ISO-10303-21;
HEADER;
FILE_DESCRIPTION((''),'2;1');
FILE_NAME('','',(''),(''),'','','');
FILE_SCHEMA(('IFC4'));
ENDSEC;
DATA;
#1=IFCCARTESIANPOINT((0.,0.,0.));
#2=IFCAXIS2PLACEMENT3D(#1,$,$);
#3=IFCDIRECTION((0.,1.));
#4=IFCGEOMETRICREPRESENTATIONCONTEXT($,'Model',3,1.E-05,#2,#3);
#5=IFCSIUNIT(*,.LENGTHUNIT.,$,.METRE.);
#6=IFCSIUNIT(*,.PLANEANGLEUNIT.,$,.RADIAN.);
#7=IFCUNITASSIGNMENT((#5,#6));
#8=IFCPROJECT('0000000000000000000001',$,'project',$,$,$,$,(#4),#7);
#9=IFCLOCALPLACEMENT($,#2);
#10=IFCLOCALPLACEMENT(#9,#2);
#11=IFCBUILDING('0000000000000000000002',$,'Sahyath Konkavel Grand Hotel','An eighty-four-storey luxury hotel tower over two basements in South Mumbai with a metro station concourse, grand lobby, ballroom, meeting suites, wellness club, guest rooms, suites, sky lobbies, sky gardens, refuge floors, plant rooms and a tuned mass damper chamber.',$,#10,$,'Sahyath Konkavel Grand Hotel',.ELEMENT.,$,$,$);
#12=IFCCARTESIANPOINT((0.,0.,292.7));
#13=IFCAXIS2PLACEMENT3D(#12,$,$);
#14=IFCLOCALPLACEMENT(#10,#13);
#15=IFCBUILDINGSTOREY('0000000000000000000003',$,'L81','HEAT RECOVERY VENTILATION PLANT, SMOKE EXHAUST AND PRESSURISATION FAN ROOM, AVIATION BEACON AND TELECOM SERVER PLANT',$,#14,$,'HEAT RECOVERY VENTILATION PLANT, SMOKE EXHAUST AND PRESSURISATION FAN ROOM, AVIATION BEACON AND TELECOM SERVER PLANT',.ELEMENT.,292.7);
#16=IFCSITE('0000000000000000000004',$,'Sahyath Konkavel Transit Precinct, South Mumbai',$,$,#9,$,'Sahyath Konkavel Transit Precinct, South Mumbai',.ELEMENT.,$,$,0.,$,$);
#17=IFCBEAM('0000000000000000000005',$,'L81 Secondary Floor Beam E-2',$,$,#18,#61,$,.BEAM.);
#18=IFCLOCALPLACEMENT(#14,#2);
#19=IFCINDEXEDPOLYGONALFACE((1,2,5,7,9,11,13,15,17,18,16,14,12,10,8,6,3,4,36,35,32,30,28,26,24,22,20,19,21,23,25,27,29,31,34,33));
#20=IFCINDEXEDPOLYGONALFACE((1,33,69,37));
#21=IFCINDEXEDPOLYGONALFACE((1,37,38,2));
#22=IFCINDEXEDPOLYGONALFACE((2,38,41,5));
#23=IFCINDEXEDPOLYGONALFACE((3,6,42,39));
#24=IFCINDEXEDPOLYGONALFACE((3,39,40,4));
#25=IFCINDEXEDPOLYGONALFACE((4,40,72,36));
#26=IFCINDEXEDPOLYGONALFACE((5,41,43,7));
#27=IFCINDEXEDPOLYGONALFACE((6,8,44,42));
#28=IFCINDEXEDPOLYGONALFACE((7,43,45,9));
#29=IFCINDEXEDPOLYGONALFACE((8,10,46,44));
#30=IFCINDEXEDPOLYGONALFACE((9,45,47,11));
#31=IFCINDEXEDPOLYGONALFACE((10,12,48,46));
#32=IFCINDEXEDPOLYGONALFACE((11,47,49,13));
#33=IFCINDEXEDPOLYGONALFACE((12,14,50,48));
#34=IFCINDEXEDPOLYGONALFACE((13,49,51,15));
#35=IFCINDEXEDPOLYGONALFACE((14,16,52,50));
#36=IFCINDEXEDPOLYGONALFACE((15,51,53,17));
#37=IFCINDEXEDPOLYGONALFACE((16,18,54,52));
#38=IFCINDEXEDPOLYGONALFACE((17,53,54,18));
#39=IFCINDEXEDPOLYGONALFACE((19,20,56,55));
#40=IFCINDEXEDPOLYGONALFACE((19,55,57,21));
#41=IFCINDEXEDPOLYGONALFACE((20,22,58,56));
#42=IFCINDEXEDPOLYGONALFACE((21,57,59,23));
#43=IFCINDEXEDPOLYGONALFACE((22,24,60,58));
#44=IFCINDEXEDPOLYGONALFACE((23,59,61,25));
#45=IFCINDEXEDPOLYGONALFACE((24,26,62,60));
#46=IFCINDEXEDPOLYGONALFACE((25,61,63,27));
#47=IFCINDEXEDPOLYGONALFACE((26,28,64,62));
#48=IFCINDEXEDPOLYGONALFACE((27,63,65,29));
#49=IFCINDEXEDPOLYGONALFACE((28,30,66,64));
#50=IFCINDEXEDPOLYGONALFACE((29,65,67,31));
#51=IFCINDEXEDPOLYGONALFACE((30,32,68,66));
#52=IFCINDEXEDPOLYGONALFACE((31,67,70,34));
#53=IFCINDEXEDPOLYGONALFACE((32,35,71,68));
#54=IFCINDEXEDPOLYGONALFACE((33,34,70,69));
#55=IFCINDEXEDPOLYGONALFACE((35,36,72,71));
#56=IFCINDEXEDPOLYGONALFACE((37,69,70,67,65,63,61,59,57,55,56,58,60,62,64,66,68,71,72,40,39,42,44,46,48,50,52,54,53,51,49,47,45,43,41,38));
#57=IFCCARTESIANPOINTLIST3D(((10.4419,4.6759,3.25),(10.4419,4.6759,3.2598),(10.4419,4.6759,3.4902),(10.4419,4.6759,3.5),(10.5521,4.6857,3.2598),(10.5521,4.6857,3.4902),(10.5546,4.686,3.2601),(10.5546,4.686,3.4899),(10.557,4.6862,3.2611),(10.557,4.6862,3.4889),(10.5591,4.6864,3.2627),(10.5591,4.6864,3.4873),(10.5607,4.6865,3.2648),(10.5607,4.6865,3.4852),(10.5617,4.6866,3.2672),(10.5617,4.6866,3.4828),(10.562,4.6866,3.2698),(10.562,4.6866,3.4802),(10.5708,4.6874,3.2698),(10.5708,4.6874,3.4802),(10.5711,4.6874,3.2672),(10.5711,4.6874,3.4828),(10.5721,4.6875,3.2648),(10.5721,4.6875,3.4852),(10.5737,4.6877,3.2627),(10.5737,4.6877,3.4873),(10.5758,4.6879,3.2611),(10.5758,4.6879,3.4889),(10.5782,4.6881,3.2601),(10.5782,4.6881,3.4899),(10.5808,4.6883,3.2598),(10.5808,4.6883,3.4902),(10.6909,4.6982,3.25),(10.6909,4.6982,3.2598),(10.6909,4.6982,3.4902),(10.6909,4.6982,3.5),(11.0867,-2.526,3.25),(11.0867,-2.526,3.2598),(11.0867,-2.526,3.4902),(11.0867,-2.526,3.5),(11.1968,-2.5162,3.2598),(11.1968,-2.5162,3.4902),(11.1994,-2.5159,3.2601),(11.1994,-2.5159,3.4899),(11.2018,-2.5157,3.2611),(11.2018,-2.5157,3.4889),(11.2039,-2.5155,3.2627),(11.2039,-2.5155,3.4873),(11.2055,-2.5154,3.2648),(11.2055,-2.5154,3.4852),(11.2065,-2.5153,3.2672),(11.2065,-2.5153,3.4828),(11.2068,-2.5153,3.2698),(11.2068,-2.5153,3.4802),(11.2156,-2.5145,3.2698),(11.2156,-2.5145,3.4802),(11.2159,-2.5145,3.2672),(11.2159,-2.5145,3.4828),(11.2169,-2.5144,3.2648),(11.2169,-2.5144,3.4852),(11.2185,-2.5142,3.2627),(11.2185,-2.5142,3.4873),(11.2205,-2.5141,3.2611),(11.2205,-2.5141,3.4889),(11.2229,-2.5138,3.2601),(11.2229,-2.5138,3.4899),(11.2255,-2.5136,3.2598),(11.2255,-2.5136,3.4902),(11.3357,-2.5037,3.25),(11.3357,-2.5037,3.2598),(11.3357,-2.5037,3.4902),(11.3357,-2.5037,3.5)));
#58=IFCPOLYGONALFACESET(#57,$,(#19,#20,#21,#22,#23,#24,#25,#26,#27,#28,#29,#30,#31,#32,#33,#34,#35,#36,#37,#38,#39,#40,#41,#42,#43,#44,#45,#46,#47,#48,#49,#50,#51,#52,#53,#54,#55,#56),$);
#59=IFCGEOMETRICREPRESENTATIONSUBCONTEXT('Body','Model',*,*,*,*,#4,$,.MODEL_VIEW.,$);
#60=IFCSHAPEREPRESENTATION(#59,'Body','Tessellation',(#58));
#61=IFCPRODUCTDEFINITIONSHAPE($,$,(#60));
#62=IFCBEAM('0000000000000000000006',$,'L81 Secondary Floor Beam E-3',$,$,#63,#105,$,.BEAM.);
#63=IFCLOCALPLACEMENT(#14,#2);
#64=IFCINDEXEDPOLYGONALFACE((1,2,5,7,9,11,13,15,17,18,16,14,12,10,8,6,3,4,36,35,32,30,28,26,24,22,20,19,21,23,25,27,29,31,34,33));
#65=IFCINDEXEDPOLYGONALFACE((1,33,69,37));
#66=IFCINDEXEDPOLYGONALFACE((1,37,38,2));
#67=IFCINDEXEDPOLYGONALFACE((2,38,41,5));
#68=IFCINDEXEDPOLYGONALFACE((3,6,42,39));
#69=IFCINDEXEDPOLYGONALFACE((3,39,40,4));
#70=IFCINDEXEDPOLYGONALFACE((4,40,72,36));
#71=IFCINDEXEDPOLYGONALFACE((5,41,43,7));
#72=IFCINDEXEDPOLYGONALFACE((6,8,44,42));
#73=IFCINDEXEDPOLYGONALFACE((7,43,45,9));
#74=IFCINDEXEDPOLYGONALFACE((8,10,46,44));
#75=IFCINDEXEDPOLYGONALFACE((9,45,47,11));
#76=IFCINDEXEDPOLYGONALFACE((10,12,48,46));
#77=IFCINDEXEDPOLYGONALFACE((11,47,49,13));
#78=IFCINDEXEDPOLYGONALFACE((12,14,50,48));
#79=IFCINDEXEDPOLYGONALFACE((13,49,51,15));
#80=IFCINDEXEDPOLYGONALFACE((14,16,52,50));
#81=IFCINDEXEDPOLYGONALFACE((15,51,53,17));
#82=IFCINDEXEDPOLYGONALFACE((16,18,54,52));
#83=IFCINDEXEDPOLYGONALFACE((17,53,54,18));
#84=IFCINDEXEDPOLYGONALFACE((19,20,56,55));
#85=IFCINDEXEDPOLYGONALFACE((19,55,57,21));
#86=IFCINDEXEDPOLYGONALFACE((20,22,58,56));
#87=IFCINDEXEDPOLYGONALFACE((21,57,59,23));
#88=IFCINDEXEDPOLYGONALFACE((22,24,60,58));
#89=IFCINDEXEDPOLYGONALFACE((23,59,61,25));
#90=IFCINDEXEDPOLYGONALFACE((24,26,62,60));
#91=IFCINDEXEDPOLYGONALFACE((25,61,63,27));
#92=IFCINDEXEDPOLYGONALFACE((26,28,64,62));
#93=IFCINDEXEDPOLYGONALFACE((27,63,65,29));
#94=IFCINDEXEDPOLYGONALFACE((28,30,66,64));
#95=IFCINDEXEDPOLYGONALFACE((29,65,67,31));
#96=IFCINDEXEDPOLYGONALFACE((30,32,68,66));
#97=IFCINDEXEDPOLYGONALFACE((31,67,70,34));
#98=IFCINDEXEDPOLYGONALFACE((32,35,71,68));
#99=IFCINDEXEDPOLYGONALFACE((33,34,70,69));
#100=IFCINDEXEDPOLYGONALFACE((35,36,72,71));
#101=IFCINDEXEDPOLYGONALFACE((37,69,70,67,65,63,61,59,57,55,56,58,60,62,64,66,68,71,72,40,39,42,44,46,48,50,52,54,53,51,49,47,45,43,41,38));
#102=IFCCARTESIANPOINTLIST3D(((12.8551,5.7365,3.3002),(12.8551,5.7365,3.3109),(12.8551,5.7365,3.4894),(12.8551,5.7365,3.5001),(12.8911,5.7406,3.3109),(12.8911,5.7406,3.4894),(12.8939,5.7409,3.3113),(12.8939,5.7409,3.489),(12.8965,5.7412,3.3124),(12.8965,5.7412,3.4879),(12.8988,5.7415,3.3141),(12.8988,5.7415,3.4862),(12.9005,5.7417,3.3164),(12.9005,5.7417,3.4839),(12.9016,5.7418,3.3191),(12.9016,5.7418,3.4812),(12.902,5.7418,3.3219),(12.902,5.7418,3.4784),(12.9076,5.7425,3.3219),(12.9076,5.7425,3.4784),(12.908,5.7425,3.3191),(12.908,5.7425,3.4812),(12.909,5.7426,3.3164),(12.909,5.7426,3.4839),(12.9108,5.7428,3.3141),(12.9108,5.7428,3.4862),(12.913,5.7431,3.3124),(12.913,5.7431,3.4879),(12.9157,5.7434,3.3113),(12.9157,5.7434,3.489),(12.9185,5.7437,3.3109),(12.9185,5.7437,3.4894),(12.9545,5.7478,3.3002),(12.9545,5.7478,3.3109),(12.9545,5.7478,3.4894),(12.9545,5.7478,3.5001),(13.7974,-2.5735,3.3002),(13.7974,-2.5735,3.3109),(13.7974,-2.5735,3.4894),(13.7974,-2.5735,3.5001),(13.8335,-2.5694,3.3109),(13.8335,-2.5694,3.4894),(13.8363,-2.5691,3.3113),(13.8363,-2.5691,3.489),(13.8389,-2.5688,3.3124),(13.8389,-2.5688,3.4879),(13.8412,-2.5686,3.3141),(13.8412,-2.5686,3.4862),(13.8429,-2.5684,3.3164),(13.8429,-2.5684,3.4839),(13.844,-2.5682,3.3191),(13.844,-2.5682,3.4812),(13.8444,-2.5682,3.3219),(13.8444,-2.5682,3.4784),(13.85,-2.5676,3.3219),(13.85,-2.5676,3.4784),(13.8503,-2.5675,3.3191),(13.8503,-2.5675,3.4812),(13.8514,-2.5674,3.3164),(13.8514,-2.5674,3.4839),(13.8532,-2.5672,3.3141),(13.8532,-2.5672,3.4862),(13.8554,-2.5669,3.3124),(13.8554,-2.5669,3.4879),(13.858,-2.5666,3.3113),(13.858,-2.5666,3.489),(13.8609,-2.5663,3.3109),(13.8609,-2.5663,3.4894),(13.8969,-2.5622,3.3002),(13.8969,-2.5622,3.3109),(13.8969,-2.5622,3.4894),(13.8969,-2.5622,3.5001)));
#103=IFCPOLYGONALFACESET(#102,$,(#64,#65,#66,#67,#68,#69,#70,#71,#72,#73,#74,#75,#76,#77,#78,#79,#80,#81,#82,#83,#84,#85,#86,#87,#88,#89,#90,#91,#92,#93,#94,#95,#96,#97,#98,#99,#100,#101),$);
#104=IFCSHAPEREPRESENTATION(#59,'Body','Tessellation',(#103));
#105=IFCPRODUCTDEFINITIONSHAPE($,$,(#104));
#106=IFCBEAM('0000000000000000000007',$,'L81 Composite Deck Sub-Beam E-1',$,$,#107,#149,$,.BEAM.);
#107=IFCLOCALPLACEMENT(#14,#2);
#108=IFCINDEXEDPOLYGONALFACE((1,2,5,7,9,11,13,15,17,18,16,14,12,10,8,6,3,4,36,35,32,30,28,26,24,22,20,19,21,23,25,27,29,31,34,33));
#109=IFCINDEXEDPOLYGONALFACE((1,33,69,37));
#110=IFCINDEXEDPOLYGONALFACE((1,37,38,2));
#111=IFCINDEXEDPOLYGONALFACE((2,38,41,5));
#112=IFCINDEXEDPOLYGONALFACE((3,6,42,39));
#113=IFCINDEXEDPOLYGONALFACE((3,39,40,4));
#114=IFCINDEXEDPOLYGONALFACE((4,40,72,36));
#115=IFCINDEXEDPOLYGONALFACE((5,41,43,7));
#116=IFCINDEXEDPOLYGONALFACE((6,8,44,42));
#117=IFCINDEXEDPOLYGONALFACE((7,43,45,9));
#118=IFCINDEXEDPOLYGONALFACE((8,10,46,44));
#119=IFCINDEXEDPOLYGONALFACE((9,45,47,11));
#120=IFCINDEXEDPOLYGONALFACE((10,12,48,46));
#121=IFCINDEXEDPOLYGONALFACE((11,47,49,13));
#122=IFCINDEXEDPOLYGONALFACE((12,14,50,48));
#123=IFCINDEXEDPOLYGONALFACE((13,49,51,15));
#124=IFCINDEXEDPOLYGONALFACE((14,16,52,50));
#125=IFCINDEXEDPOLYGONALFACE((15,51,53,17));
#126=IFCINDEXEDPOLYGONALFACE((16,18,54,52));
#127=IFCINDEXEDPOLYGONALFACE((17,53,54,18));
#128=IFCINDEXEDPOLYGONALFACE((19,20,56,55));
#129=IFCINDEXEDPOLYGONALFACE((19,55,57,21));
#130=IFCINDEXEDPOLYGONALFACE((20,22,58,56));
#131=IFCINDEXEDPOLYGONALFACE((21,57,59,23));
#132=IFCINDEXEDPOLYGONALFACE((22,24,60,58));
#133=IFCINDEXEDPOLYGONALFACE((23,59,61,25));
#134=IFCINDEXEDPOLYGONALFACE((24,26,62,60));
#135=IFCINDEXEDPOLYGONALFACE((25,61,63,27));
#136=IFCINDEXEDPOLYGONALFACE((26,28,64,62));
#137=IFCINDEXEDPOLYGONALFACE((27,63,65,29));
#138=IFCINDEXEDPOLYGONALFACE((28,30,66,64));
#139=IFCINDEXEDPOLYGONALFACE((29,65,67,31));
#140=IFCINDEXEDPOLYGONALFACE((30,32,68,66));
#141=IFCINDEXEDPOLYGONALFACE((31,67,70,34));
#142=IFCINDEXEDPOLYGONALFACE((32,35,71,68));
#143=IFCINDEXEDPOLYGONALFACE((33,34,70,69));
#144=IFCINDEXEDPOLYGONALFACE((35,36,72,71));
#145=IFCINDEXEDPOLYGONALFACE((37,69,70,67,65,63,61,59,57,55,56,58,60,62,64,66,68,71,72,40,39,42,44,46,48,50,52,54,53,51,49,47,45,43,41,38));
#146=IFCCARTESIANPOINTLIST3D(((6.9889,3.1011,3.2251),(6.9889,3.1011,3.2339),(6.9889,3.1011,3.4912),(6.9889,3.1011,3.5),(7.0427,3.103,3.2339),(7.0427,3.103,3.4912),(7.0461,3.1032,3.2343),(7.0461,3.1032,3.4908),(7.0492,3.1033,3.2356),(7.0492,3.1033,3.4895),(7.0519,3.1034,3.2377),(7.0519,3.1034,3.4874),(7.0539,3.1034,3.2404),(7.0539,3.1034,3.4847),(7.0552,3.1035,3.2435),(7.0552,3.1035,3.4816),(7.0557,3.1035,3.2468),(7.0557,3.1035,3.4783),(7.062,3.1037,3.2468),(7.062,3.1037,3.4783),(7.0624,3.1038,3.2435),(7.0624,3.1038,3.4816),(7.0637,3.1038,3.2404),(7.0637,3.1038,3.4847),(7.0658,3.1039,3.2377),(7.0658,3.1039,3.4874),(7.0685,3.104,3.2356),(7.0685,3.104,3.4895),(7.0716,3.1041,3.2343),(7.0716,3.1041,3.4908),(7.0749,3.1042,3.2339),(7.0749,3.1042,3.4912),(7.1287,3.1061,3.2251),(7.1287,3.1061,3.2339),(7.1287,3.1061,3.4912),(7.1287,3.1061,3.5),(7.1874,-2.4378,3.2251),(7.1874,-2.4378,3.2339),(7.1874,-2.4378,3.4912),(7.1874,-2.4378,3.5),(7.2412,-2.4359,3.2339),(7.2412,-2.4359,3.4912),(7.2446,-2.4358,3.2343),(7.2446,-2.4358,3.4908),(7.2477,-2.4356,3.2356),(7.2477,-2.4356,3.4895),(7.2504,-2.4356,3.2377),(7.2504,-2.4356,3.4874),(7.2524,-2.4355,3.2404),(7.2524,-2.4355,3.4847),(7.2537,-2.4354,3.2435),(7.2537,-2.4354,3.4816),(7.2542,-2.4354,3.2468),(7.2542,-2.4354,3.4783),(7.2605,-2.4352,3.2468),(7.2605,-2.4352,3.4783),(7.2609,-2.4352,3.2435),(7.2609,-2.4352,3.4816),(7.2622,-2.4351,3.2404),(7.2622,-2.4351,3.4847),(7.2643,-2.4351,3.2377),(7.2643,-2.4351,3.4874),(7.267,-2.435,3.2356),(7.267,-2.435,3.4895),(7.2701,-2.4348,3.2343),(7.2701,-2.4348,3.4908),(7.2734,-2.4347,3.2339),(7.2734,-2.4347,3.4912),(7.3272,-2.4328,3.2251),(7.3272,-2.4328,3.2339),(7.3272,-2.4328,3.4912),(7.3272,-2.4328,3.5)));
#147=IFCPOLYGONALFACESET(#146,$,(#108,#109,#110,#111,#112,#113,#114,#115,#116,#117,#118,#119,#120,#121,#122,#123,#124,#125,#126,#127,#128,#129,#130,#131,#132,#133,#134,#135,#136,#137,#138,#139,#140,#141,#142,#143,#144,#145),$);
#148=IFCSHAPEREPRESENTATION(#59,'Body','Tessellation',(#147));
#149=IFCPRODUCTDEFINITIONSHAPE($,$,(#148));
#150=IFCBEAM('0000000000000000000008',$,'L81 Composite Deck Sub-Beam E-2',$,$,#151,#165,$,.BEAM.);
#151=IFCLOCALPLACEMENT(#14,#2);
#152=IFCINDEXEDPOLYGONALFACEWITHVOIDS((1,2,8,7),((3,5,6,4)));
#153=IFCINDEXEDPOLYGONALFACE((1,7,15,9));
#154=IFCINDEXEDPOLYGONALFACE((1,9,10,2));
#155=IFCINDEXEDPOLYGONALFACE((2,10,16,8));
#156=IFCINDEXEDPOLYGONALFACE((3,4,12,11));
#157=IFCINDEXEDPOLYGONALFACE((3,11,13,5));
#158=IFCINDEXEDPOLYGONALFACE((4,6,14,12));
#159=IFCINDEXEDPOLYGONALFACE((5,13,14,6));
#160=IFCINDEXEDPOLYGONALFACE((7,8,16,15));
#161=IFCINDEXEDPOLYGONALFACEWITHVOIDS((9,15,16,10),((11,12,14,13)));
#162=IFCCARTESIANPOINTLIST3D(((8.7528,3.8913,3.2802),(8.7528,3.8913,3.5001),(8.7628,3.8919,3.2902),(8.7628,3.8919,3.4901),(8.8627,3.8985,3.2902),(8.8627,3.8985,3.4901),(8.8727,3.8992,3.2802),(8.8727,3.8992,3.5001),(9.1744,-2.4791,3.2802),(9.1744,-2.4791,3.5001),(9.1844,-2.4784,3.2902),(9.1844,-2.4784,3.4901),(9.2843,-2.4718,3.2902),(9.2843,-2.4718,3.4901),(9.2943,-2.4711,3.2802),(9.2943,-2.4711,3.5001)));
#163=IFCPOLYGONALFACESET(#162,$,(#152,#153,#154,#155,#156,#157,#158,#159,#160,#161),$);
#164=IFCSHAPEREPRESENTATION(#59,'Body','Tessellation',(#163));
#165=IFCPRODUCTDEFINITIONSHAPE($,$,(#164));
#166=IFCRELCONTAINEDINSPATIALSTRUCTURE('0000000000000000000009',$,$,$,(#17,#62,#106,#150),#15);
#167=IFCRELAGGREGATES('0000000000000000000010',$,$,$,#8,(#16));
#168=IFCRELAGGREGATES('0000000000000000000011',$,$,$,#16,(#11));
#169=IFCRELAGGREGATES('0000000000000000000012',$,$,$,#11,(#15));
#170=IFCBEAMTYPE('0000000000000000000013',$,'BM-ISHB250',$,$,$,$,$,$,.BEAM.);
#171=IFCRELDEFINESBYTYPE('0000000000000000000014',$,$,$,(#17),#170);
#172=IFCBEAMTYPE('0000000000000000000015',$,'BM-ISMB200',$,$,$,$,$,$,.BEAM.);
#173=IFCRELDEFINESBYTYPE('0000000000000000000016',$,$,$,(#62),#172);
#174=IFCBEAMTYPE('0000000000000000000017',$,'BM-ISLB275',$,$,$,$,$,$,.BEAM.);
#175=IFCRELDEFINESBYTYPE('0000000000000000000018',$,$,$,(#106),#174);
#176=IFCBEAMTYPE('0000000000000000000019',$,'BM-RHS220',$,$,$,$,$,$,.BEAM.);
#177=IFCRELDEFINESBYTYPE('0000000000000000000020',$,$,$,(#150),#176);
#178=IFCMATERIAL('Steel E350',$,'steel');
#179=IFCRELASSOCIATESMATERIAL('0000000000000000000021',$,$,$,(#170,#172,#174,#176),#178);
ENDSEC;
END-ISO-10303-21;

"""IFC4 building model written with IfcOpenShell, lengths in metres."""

from ifc_helpers import new_model, si_unit, direction, frame, origin, origin_2d, place, context, subcontext, project, spatial, hollow_rectangle, i_section, extrude, source, transform, mapped, material, material_profile, profile_set, type_object, element, save


model = new_model("IFC4")

# Units and contexts
model_context = context("Model", 3, precision=1e-05, world=origin(), true_north=direction((0.0, 1.0)))
body_context = subcontext(model_context, "Body", "Model", "MODEL_VIEW")
ifc_project = project(units=[si_unit("LENGTHUNIT", "METRE"), si_unit("PLANEANGLEUNIT", "RADIAN")], contexts=[model_context])

# Site, building, storey
site_placement = place(None, origin())
site = spatial("IfcSite", under=ifc_project, at=site_placement, Name="Sahyath Konkavel Transit Precinct, South Mumbai", LongName="Sahyath Konkavel Transit Precinct, South Mumbai", CompositionType="ELEMENT", RefElevation=0.0)
building_placement = place(site_placement, origin())
building = spatial("IfcBuilding", under=site, at=building_placement, Name="Sahyath Konkavel Grand Hotel", Description="An eighty-four-storey luxury hotel tower over two basements in South Mumbai with a metro station concourse, grand lobby, ballroom, meeting suites, wellness club, guest rooms, suites, sky lobbies, sky gardens, refuge floors, plant rooms and a tuned mass damper chamber.", LongName="Sahyath Konkavel Grand Hotel", CompositionType="ELEMENT")
storey_placement = place(building_placement, frame((0.0, 0.0, 292.7)))
storey = spatial("IfcBuildingStorey", under=building, at=storey_placement, Name="L81", Description="HEAT RECOVERY VENTILATION PLANT, SMOKE EXHAUST AND PRESSURISATION FAN ROOM, AVIATION BEACON AND TELECOM SERVER PLANT", LongName="HEAT RECOVERY VENTILATION PLANT, SMOKE EXHAUST AND PRESSURISATION FAN ROOM, AVIATION BEACON AND TELECOM SERVER PLANT", CompositionType="ELEMENT", Elevation=292.7)

# Beams
ifc_material_1 = material(Name="Steel E350", Category="steel")
ifc_material_profile_1 = material_profile(ifc_material_1, i_section(OverallWidth=0.25, OverallDepth=0.25, WebThickness=0.0088, FlangeThickness=0.0098, FilletRadius=0.01, at=origin_2d()), Name="ISHB 250")
ifc_profile_set_1 = profile_set([ifc_material_profile_1], Name="Steel E350")
beam_type_1 = type_object("IfcBeamType", Name="BM-ISHB250", PredefinedType="BEAM", material=ifc_profile_set_1)
shared_shape_1 = source(origin(), body_context, "Body", "SweptSolid", [
    extrude(i_section(OverallWidth=0.25, OverallDepth=0.25, WebThickness=0.0088, FlangeThickness=0.0098, FilletRadius=0.01, at=origin_2d()), origin(), (0.0, 0.0, 1.0), 7.2307),
])
beam_1_placement = place(storey_placement, frame((11.2112, -2.5149, 3.375), z_axis=(-0.089172, 0.996016, 0.0), x_axis=(-0.996016, -0.089172, 0.0)))
element("IfcBeam", 1, at=beam_1_placement, inside=storey, type_object=beam_type_1, Name="L81 Secondary Floor Beam E-2", PredefinedType="BEAM", context=body_context, shape_type="MappedRepresentation", body=[
    mapped(shared_shape_1, transform((0.0, 0.0, 0.0), scale=1.0)),
])
ifc_material_profile_2 = material_profile(ifc_material_1, i_section(OverallWidth=0.1001, OverallDepth=0.2, WebThickness=0.0056, FlangeThickness=0.0107, FilletRadius=0.011, at=origin_2d()), Name="ISMB 200")
ifc_profile_set_2 = profile_set([ifc_material_profile_2], Name="Steel E350")
beam_type_2 = type_object("IfcBeamType", Name="BM-ISMB200", PredefinedType="BEAM", material=ifc_profile_set_2)
shared_shape_2 = source(origin(), body_context, "Body", "SweptSolid", [
    extrude(i_section(OverallWidth=0.1001, OverallDepth=0.2, WebThickness=0.0056, FlangeThickness=0.0107, FilletRadius=0.011, at=origin_2d()), origin(), (0.0, 0.0, 1.0), 8.3633),
])
beam_2_placement = place(storey_placement, frame((13.8472, -2.5679, 3.4001), z_axis=(-0.11268, 0.993631, 0.0), x_axis=(-0.993631, -0.11268, 0.0)))
element("IfcBeam", 2, at=beam_2_placement, inside=storey, type_object=beam_type_2, Name="L81 Secondary Floor Beam E-3", PredefinedType="BEAM", context=body_context, shape_type="MappedRepresentation", body=[
    mapped(shared_shape_2, transform((0.0, 0.0, 0.0), scale=1.0)),
])
ifc_material_profile_3 = material_profile(ifc_material_1, i_section(OverallWidth=0.1399, OverallDepth=0.2749, WebThickness=0.0063, FlangeThickness=0.0088, FilletRadius=0.0129, at=origin_2d()), Name="ISLB 275")
ifc_profile_set_3 = profile_set([ifc_material_profile_3], Name="Steel E350")
beam_type_3 = type_object("IfcBeamType", Name="BM-ISLB275", PredefinedType="BEAM", material=ifc_profile_set_3)
shared_shape_3 = source(origin(), body_context, "Body", "SweptSolid", [
    extrude(i_section(OverallWidth=0.1399, OverallDepth=0.2749, WebThickness=0.0063, FlangeThickness=0.0088, FilletRadius=0.0129, at=origin_2d()), origin(), (0.0, 0.0, 1.0), 5.5425),
])
beam_3_placement = place(storey_placement, frame((7.2573, -2.4353, 3.3625), z_axis=(-0.035813, 0.999359, 0.0), x_axis=(-0.999359, -0.035813, 0.0)))
element("IfcBeam", 3, at=beam_3_placement, inside=storey, type_object=beam_type_3, Name="L81 Composite Deck Sub-Beam E-1", PredefinedType="BEAM", context=body_context, shape_type="MappedRepresentation", body=[
    mapped(shared_shape_3, transform((0.0, 0.0, 0.0), scale=1.0)),
])
ifc_material_profile_4 = material_profile(ifc_material_1, hollow_rectangle(XDim=0.1201, YDim=0.22, WallThickness=0.01, at=origin_2d()), Name="RHS 220x120x10")
ifc_profile_set_4 = profile_set([ifc_material_profile_4], Name="Steel E350")
beam_type_4 = type_object("IfcBeamType", Name="BM-RHS220", PredefinedType="BEAM", material=ifc_profile_set_4)
shared_shape_4 = source(origin(), body_context, "Body", "SweptSolid", [
    extrude(hollow_rectangle(XDim=0.1201, YDim=0.22, WallThickness=0.01, at=origin_2d()), origin(), (0.0, 0.0, 1.0), 6.3843),
])
beam_4_placement = place(storey_placement, frame((9.2344, -2.4751, 3.3901), z_axis=(-0.066042, 0.997817, 0.0), x_axis=(-0.997817, -0.066042, 0.0)))
element("IfcBeam", 4, at=beam_4_placement, inside=storey, type_object=beam_type_4, Name="L81 Composite Deck Sub-Beam E-2", PredefinedType="BEAM", context=body_context, shape_type="MappedRepresentation", body=[
    mapped(shared_shape_4, transform((0.0, 0.0, 0.0), scale=1.0)),
])

save(model, "model.ifc")
